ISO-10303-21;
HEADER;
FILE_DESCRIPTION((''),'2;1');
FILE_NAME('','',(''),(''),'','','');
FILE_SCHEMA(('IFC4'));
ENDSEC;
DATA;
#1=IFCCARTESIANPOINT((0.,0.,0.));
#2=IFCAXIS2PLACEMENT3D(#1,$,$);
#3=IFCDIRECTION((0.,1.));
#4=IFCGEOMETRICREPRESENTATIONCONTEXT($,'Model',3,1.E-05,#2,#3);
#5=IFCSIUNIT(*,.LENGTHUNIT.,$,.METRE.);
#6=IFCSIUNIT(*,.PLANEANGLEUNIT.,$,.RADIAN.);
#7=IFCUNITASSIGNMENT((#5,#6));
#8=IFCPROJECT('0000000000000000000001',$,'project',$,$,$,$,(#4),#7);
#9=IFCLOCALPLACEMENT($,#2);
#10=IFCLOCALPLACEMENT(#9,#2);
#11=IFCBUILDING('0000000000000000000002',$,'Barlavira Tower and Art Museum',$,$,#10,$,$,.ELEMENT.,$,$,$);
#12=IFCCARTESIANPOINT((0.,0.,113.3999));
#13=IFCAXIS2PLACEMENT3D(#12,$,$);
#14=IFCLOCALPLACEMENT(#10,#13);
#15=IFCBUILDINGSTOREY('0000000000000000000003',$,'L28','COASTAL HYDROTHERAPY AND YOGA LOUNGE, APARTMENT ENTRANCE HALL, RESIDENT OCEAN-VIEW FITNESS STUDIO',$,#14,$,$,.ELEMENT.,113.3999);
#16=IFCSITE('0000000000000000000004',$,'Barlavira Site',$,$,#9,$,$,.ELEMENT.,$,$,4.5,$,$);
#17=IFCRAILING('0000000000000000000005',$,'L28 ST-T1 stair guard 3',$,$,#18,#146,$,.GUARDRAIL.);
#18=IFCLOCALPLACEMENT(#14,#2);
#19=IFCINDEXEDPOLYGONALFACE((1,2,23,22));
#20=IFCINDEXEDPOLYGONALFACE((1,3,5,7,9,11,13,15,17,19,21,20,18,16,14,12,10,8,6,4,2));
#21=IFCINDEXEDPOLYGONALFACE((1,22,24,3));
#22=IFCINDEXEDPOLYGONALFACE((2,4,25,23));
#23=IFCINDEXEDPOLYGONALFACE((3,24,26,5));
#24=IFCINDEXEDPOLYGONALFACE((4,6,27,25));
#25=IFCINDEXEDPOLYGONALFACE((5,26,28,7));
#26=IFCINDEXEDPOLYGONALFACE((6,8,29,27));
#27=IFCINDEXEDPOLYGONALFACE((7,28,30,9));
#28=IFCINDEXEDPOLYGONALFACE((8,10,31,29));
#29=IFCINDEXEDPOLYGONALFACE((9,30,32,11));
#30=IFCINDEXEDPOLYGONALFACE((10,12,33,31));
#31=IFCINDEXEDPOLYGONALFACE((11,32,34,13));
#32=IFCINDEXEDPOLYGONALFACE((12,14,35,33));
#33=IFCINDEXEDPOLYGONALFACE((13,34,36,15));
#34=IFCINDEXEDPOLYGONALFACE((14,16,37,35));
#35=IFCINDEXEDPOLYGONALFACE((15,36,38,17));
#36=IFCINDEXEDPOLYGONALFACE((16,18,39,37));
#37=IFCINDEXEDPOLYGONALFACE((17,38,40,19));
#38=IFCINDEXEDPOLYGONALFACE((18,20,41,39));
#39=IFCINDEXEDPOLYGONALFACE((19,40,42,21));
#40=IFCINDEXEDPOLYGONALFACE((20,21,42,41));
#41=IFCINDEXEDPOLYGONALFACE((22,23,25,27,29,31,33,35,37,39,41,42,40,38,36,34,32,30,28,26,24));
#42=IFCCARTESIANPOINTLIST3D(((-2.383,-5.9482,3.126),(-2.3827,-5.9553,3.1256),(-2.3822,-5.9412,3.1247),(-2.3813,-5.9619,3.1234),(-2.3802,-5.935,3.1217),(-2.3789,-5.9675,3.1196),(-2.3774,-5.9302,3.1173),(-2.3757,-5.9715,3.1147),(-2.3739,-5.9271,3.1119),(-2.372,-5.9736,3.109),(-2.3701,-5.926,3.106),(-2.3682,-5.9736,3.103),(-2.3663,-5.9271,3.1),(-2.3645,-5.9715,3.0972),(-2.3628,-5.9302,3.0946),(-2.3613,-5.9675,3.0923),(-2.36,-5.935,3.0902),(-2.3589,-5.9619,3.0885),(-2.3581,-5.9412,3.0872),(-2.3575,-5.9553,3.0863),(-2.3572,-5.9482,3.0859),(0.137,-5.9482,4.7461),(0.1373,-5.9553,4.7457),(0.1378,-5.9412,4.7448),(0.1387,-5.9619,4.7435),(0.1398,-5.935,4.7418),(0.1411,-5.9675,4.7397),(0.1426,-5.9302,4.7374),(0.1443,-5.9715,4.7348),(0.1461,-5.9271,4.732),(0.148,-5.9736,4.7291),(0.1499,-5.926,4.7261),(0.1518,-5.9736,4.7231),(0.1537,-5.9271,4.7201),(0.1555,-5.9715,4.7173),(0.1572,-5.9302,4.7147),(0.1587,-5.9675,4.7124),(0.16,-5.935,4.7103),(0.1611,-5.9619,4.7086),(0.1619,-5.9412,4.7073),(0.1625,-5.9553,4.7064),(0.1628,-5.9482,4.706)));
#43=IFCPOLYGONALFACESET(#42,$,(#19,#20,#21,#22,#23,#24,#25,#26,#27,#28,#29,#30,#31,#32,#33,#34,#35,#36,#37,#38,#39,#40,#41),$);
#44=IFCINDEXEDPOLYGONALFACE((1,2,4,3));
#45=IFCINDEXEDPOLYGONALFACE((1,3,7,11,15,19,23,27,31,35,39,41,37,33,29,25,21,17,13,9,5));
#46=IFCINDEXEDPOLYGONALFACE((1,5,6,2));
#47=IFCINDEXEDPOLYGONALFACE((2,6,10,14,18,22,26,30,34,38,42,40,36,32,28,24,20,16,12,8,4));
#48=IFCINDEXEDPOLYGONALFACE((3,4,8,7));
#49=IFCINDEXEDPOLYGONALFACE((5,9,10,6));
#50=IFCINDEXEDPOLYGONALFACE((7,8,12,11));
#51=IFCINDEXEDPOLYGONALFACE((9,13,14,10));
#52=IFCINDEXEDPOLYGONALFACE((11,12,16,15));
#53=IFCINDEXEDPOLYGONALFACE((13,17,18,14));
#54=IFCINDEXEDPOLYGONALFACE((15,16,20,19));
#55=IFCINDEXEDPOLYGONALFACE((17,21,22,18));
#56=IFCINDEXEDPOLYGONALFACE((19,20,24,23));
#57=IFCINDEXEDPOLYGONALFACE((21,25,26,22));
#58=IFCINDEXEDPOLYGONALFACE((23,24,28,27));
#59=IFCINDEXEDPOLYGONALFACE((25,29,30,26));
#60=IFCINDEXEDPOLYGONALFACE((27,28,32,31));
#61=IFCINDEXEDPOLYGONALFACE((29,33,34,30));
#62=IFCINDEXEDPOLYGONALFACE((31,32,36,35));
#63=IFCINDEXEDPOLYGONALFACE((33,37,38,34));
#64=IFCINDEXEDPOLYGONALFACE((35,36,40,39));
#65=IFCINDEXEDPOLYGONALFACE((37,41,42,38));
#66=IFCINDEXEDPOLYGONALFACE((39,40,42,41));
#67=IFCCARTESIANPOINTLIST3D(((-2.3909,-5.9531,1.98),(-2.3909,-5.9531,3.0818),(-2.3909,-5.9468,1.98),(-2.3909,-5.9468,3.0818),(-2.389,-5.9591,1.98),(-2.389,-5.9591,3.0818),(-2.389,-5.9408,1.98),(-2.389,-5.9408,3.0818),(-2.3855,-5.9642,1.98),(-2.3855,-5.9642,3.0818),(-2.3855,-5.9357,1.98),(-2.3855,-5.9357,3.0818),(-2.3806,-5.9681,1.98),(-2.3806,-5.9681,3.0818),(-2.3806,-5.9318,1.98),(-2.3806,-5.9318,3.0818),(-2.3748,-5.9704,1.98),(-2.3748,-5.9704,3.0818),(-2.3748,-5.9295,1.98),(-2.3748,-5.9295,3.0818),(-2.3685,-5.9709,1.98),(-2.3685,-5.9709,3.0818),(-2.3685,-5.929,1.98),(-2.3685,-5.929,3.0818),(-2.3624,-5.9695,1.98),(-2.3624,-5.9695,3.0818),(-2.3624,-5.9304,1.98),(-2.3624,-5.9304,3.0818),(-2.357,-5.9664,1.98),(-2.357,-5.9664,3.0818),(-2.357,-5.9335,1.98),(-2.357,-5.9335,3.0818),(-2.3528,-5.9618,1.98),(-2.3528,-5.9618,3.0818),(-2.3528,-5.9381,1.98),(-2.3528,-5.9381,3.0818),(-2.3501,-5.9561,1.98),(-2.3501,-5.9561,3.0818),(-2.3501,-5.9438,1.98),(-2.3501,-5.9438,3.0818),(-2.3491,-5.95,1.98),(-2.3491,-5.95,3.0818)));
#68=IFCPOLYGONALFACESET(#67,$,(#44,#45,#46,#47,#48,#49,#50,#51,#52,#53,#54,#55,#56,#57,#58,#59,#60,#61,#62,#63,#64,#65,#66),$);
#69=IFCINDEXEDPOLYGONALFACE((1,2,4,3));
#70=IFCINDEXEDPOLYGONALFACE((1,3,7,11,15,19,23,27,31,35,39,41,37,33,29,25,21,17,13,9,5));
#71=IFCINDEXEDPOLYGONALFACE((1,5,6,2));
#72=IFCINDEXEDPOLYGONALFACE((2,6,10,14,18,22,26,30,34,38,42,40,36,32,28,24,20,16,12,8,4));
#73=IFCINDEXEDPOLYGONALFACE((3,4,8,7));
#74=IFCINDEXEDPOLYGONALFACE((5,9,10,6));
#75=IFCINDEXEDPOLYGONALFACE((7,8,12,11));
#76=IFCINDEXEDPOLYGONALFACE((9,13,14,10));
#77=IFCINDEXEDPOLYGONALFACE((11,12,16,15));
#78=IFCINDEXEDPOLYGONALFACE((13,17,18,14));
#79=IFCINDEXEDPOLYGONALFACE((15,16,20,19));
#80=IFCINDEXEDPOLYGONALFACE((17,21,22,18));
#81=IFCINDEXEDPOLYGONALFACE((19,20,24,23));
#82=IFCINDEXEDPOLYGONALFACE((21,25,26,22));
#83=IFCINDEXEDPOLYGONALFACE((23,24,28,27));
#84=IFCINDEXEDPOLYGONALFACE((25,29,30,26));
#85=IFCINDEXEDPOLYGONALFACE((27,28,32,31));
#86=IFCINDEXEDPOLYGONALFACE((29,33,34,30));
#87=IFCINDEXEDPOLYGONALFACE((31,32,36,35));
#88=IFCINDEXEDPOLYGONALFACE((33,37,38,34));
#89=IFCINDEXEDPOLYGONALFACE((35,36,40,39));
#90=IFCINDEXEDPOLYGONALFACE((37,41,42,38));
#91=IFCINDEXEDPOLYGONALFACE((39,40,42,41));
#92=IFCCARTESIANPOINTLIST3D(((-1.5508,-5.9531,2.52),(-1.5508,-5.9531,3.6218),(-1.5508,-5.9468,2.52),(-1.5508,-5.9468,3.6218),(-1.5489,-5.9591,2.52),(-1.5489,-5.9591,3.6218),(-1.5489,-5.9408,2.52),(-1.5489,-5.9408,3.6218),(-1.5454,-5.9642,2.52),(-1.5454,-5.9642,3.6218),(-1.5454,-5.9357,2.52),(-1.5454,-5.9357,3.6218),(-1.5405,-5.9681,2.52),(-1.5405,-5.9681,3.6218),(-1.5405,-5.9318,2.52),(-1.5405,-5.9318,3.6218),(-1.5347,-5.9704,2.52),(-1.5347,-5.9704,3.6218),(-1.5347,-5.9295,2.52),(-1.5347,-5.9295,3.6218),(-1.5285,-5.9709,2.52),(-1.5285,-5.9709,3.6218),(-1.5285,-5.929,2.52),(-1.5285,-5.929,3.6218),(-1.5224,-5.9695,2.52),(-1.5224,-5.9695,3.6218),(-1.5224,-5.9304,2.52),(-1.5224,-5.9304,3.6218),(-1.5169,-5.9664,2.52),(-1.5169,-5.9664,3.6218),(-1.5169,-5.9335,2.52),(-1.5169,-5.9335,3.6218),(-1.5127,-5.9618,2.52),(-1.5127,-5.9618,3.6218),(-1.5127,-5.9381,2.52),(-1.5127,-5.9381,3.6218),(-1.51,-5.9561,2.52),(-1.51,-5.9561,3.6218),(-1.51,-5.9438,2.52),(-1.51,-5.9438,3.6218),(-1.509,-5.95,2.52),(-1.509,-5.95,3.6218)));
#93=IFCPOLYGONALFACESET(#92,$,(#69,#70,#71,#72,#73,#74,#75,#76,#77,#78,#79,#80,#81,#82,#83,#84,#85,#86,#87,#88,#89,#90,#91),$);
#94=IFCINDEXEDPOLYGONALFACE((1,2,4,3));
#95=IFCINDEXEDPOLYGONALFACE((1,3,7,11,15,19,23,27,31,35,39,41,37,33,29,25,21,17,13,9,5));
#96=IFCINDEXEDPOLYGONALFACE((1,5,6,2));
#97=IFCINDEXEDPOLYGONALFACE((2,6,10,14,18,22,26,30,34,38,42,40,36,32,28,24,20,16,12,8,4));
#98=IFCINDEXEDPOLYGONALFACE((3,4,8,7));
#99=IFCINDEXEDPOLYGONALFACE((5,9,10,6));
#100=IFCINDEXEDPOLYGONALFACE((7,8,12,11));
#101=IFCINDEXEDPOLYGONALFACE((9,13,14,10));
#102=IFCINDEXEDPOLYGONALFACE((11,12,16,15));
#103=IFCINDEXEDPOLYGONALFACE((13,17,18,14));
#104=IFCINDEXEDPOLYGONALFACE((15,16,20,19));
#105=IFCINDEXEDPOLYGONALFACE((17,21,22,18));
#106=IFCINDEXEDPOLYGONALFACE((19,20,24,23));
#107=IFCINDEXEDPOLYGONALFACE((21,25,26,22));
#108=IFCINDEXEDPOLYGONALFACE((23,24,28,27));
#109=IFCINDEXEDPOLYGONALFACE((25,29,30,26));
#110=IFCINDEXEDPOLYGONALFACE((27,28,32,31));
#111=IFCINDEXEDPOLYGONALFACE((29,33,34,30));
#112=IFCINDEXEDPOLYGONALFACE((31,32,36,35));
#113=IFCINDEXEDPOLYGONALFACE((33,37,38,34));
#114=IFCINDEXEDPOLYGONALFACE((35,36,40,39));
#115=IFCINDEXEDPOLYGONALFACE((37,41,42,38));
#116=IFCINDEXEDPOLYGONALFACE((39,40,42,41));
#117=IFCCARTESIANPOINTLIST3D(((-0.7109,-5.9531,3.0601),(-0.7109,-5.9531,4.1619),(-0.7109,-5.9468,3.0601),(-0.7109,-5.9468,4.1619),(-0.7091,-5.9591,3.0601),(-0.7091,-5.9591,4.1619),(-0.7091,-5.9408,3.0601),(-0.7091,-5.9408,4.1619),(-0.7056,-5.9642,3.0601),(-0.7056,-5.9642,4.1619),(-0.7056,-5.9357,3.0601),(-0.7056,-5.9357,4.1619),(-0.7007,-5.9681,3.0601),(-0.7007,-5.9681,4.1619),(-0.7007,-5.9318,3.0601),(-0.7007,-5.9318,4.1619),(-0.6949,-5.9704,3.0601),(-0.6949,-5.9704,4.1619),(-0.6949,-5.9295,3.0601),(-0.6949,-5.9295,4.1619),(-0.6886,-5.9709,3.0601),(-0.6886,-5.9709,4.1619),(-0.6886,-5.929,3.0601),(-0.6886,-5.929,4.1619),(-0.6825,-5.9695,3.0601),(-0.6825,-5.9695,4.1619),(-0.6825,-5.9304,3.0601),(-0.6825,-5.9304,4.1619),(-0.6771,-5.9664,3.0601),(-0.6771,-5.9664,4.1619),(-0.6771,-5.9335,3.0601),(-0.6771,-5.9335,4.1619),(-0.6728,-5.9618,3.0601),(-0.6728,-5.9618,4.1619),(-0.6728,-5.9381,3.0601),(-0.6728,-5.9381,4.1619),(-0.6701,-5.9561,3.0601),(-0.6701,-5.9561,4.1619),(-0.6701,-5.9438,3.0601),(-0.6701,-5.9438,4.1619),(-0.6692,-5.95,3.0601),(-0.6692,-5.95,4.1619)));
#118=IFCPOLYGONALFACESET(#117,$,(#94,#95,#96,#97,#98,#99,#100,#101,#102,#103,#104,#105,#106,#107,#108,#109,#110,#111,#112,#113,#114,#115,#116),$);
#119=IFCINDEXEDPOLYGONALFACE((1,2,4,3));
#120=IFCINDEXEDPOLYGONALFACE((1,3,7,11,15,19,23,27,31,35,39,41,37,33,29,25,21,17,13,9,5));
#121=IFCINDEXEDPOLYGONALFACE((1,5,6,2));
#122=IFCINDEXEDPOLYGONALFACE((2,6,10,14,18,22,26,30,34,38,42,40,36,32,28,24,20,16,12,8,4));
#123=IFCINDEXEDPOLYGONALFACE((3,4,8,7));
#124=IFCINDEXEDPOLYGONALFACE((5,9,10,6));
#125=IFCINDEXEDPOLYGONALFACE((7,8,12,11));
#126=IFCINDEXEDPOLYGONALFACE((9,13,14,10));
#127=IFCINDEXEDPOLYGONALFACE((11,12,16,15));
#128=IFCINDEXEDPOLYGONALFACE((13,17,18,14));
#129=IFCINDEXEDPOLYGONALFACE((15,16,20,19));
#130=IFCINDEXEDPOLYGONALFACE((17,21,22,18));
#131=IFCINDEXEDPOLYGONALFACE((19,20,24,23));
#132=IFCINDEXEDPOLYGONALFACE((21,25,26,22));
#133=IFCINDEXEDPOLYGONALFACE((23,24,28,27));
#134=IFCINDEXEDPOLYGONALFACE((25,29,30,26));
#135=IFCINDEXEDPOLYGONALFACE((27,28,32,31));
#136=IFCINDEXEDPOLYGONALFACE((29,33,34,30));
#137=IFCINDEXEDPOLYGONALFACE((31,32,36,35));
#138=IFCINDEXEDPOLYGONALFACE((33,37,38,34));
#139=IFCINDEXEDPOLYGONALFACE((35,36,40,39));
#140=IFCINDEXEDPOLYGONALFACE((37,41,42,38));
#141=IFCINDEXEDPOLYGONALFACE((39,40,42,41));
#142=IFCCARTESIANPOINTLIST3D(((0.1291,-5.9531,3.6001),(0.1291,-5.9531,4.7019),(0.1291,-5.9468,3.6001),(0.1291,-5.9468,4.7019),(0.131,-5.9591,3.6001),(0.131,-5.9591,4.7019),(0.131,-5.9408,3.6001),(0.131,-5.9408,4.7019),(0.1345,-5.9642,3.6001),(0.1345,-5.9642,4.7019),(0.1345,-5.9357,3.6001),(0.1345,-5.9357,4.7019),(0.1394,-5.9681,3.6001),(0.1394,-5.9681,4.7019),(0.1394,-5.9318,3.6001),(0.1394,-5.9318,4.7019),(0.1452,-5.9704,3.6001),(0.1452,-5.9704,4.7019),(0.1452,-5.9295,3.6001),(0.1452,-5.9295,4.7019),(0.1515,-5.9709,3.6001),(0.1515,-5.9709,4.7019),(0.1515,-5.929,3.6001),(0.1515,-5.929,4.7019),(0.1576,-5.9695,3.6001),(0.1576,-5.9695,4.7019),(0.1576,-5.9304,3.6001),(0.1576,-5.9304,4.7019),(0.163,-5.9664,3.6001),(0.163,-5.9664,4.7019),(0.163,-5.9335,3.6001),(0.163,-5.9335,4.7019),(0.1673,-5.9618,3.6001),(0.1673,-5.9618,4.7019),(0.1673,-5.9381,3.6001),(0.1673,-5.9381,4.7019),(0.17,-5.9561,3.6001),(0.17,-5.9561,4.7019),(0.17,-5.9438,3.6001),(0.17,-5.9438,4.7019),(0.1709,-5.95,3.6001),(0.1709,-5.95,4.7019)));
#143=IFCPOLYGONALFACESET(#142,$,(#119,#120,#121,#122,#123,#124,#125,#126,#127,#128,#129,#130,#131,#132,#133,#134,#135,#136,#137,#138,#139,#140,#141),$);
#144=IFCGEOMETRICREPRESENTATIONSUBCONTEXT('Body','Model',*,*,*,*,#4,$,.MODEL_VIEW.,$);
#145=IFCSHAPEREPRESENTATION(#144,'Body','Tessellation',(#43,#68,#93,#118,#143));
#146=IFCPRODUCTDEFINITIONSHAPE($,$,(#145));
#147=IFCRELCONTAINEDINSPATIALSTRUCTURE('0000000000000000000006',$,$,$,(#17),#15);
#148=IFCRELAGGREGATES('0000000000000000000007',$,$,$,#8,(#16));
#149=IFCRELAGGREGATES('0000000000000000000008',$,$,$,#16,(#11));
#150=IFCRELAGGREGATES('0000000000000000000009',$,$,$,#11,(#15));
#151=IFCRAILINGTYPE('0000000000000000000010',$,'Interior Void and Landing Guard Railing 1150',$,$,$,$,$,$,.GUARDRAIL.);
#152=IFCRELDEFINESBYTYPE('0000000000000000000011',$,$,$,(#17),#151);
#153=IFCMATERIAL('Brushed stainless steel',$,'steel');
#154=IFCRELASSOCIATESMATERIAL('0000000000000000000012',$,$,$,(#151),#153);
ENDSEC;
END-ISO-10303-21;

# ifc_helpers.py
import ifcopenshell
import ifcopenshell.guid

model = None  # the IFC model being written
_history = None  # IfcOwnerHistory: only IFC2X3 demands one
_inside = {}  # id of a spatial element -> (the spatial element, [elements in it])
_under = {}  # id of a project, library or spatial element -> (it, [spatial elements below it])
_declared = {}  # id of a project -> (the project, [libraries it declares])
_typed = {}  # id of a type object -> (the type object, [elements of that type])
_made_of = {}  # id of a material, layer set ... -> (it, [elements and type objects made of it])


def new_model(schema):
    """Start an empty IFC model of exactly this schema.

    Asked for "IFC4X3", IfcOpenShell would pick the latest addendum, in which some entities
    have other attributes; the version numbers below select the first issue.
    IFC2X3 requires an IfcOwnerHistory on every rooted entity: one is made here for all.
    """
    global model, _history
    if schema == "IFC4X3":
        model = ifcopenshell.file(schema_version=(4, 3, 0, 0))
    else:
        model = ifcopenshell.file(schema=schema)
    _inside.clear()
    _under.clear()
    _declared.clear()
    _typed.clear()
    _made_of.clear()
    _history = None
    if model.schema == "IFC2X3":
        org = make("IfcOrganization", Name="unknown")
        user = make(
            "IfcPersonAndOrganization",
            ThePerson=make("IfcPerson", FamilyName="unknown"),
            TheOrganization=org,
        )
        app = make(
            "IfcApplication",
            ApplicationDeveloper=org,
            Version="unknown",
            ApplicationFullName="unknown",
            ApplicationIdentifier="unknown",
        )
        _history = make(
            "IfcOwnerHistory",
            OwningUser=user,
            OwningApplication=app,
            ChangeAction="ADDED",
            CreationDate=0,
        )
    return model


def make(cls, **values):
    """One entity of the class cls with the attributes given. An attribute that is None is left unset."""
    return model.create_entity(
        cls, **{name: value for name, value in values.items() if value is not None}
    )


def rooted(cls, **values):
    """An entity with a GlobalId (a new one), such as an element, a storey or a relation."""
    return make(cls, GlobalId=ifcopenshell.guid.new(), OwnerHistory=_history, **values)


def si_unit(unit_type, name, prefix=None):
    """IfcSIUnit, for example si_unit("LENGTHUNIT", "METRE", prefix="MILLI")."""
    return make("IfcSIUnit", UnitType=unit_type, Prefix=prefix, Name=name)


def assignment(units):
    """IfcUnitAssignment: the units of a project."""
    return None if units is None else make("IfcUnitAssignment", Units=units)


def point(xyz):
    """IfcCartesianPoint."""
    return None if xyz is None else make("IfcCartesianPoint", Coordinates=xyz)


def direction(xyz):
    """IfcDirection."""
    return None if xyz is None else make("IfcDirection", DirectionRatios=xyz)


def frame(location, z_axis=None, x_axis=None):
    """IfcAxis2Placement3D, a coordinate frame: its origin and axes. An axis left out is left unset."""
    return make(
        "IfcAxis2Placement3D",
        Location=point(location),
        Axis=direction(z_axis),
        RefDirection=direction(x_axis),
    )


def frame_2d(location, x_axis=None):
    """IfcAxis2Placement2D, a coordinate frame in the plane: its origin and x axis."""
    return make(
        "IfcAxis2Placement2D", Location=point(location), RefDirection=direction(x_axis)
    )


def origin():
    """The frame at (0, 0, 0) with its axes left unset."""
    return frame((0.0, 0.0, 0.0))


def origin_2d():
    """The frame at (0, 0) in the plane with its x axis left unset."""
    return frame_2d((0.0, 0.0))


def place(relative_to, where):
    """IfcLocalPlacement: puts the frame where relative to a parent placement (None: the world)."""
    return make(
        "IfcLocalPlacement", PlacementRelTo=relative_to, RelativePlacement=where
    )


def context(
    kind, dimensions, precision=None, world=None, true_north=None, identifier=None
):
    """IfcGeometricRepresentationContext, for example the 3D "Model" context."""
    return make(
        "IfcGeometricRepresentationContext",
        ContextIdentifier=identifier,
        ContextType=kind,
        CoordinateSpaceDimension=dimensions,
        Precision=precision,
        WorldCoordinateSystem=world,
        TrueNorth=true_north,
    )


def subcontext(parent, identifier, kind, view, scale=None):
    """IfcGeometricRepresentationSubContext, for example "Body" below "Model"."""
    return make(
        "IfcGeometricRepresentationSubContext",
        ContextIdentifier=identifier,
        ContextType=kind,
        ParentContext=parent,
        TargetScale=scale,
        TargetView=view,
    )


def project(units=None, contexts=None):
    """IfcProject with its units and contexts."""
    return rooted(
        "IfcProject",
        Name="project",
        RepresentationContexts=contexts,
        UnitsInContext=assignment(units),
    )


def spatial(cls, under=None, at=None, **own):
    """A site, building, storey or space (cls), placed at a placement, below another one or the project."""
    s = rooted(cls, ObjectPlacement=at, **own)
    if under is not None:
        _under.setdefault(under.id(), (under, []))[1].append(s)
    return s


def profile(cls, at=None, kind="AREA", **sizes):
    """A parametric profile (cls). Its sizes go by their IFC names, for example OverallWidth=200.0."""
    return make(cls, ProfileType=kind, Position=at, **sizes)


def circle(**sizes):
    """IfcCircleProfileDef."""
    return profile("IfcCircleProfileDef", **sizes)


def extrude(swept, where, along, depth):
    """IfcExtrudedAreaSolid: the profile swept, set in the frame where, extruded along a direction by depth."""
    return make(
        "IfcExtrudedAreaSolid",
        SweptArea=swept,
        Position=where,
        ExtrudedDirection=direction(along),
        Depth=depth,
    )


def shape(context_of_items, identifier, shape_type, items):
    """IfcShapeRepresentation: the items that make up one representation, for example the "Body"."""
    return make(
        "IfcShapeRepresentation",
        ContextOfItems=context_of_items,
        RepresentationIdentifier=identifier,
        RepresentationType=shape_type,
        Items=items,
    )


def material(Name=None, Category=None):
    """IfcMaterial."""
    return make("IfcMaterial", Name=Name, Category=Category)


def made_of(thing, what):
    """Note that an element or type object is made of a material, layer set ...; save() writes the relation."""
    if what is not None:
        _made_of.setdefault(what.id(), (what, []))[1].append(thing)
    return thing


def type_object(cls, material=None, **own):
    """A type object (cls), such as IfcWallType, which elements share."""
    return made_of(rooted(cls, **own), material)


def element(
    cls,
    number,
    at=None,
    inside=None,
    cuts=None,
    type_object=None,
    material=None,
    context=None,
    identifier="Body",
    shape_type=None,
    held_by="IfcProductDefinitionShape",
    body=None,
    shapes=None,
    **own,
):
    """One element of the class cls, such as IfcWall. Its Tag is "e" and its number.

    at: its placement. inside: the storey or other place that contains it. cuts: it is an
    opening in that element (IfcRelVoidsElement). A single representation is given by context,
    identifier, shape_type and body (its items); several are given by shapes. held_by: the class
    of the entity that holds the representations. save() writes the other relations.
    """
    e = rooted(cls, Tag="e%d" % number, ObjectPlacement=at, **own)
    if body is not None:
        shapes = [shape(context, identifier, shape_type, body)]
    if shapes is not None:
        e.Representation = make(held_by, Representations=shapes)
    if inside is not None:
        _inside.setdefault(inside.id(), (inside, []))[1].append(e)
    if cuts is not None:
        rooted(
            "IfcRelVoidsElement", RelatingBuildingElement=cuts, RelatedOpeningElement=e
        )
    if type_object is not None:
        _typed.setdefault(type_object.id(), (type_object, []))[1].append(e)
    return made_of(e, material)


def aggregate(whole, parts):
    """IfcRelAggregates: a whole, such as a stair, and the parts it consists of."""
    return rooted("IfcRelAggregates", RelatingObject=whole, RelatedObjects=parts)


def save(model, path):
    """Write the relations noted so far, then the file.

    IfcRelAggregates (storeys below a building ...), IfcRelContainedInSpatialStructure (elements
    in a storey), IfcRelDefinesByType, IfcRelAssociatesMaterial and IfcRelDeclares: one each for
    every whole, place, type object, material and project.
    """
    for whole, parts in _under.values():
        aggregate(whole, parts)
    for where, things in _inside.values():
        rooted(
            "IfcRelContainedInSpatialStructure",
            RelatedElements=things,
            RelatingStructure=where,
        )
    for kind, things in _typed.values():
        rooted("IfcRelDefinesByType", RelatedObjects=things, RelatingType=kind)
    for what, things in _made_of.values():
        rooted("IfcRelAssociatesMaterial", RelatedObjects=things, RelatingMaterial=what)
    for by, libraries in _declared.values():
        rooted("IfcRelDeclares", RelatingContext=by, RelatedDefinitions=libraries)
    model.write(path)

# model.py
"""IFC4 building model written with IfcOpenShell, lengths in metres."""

from ifc_helpers import new_model, si_unit, direction, frame, origin, origin_2d, place, context, subcontext, project, spatial, circle, extrude, material, type_object, element, save


model = new_model("IFC4")

# Units and contexts
model_context = context("Model", 3, precision=1e-05, world=origin(), true_north=direction((0.0, 1.0)))
body_context = subcontext(model_context, "Body", "Model", "MODEL_VIEW")
ifc_project = project(units=[si_unit("LENGTHUNIT", "METRE"), si_unit("PLANEANGLEUNIT", "RADIAN")], contexts=[model_context])

# Site, building, storey
site_placement = place(None, origin())
site = spatial("IfcSite", under=ifc_project, at=site_placement, Name="Barlavira Site", CompositionType="ELEMENT", RefElevation=4.5)
building_placement = place(site_placement, origin())
building = spatial("IfcBuilding", under=site, at=building_placement, Name="Barlavira Tower and Art Museum", CompositionType="ELEMENT")
storey_placement = place(building_placement, frame((0.0, 0.0, 113.3999)))
storey = spatial("IfcBuildingStorey", under=building, at=storey_placement, Name="L28", Description="COASTAL HYDROTHERAPY AND YOGA LOUNGE, APARTMENT ENTRANCE HALL, RESIDENT OCEAN-VIEW FITNESS STUDIO", CompositionType="ELEMENT", Elevation=113.3999)

# Shared definitions
ifc_material_1 = material(Name="Brushed stainless steel", Category="steel")

# Railing
railing_type_1 = type_object("IfcRailingType", Name="Interior Void and Landing Guard Railing 1150", PredefinedType="GUARDRAIL", material=ifc_material_1)
railing_1_placement = place(storey_placement, frame((-2.3701, -5.95, 1.98)))
element("IfcRailing", 1, at=railing_1_placement, inside=storey, type_object=railing_type_1, Name="L28 ST-T1 stair guard 3", PredefinedType="GUARDRAIL", context=body_context, shape_type="SweptSolid", body=[
    extrude(circle(Radius=0.0239, at=origin_2d()), frame((0.0, 0.0, 1.126), z_axis=(0.841163, 0.0, 0.540782), x_axis=(0.0, 1.0, 0.0)), (0.0, 0.0, 1.0), 2.9958),
    extrude(circle(Radius=0.021, at=origin_2d()), origin(), (0.0, 0.0, 1.0), 1.1018),
    extrude(circle(Radius=0.021, at=origin_2d()), frame((0.8401, 0.0, 0.54)), (0.0, 0.0, 1.0), 1.1018),
    extrude(circle(Radius=0.021, at=origin_2d()), frame((1.6799, 0.0, 1.0801)), (0.0, 0.0, 1.0), 1.1018),
    extrude(circle(Radius=0.021, at=origin_2d()), frame((2.52, 0.0, 1.6201)), (0.0, 0.0, 1.0), 1.1018),
])

save(model, "model.ifc")
